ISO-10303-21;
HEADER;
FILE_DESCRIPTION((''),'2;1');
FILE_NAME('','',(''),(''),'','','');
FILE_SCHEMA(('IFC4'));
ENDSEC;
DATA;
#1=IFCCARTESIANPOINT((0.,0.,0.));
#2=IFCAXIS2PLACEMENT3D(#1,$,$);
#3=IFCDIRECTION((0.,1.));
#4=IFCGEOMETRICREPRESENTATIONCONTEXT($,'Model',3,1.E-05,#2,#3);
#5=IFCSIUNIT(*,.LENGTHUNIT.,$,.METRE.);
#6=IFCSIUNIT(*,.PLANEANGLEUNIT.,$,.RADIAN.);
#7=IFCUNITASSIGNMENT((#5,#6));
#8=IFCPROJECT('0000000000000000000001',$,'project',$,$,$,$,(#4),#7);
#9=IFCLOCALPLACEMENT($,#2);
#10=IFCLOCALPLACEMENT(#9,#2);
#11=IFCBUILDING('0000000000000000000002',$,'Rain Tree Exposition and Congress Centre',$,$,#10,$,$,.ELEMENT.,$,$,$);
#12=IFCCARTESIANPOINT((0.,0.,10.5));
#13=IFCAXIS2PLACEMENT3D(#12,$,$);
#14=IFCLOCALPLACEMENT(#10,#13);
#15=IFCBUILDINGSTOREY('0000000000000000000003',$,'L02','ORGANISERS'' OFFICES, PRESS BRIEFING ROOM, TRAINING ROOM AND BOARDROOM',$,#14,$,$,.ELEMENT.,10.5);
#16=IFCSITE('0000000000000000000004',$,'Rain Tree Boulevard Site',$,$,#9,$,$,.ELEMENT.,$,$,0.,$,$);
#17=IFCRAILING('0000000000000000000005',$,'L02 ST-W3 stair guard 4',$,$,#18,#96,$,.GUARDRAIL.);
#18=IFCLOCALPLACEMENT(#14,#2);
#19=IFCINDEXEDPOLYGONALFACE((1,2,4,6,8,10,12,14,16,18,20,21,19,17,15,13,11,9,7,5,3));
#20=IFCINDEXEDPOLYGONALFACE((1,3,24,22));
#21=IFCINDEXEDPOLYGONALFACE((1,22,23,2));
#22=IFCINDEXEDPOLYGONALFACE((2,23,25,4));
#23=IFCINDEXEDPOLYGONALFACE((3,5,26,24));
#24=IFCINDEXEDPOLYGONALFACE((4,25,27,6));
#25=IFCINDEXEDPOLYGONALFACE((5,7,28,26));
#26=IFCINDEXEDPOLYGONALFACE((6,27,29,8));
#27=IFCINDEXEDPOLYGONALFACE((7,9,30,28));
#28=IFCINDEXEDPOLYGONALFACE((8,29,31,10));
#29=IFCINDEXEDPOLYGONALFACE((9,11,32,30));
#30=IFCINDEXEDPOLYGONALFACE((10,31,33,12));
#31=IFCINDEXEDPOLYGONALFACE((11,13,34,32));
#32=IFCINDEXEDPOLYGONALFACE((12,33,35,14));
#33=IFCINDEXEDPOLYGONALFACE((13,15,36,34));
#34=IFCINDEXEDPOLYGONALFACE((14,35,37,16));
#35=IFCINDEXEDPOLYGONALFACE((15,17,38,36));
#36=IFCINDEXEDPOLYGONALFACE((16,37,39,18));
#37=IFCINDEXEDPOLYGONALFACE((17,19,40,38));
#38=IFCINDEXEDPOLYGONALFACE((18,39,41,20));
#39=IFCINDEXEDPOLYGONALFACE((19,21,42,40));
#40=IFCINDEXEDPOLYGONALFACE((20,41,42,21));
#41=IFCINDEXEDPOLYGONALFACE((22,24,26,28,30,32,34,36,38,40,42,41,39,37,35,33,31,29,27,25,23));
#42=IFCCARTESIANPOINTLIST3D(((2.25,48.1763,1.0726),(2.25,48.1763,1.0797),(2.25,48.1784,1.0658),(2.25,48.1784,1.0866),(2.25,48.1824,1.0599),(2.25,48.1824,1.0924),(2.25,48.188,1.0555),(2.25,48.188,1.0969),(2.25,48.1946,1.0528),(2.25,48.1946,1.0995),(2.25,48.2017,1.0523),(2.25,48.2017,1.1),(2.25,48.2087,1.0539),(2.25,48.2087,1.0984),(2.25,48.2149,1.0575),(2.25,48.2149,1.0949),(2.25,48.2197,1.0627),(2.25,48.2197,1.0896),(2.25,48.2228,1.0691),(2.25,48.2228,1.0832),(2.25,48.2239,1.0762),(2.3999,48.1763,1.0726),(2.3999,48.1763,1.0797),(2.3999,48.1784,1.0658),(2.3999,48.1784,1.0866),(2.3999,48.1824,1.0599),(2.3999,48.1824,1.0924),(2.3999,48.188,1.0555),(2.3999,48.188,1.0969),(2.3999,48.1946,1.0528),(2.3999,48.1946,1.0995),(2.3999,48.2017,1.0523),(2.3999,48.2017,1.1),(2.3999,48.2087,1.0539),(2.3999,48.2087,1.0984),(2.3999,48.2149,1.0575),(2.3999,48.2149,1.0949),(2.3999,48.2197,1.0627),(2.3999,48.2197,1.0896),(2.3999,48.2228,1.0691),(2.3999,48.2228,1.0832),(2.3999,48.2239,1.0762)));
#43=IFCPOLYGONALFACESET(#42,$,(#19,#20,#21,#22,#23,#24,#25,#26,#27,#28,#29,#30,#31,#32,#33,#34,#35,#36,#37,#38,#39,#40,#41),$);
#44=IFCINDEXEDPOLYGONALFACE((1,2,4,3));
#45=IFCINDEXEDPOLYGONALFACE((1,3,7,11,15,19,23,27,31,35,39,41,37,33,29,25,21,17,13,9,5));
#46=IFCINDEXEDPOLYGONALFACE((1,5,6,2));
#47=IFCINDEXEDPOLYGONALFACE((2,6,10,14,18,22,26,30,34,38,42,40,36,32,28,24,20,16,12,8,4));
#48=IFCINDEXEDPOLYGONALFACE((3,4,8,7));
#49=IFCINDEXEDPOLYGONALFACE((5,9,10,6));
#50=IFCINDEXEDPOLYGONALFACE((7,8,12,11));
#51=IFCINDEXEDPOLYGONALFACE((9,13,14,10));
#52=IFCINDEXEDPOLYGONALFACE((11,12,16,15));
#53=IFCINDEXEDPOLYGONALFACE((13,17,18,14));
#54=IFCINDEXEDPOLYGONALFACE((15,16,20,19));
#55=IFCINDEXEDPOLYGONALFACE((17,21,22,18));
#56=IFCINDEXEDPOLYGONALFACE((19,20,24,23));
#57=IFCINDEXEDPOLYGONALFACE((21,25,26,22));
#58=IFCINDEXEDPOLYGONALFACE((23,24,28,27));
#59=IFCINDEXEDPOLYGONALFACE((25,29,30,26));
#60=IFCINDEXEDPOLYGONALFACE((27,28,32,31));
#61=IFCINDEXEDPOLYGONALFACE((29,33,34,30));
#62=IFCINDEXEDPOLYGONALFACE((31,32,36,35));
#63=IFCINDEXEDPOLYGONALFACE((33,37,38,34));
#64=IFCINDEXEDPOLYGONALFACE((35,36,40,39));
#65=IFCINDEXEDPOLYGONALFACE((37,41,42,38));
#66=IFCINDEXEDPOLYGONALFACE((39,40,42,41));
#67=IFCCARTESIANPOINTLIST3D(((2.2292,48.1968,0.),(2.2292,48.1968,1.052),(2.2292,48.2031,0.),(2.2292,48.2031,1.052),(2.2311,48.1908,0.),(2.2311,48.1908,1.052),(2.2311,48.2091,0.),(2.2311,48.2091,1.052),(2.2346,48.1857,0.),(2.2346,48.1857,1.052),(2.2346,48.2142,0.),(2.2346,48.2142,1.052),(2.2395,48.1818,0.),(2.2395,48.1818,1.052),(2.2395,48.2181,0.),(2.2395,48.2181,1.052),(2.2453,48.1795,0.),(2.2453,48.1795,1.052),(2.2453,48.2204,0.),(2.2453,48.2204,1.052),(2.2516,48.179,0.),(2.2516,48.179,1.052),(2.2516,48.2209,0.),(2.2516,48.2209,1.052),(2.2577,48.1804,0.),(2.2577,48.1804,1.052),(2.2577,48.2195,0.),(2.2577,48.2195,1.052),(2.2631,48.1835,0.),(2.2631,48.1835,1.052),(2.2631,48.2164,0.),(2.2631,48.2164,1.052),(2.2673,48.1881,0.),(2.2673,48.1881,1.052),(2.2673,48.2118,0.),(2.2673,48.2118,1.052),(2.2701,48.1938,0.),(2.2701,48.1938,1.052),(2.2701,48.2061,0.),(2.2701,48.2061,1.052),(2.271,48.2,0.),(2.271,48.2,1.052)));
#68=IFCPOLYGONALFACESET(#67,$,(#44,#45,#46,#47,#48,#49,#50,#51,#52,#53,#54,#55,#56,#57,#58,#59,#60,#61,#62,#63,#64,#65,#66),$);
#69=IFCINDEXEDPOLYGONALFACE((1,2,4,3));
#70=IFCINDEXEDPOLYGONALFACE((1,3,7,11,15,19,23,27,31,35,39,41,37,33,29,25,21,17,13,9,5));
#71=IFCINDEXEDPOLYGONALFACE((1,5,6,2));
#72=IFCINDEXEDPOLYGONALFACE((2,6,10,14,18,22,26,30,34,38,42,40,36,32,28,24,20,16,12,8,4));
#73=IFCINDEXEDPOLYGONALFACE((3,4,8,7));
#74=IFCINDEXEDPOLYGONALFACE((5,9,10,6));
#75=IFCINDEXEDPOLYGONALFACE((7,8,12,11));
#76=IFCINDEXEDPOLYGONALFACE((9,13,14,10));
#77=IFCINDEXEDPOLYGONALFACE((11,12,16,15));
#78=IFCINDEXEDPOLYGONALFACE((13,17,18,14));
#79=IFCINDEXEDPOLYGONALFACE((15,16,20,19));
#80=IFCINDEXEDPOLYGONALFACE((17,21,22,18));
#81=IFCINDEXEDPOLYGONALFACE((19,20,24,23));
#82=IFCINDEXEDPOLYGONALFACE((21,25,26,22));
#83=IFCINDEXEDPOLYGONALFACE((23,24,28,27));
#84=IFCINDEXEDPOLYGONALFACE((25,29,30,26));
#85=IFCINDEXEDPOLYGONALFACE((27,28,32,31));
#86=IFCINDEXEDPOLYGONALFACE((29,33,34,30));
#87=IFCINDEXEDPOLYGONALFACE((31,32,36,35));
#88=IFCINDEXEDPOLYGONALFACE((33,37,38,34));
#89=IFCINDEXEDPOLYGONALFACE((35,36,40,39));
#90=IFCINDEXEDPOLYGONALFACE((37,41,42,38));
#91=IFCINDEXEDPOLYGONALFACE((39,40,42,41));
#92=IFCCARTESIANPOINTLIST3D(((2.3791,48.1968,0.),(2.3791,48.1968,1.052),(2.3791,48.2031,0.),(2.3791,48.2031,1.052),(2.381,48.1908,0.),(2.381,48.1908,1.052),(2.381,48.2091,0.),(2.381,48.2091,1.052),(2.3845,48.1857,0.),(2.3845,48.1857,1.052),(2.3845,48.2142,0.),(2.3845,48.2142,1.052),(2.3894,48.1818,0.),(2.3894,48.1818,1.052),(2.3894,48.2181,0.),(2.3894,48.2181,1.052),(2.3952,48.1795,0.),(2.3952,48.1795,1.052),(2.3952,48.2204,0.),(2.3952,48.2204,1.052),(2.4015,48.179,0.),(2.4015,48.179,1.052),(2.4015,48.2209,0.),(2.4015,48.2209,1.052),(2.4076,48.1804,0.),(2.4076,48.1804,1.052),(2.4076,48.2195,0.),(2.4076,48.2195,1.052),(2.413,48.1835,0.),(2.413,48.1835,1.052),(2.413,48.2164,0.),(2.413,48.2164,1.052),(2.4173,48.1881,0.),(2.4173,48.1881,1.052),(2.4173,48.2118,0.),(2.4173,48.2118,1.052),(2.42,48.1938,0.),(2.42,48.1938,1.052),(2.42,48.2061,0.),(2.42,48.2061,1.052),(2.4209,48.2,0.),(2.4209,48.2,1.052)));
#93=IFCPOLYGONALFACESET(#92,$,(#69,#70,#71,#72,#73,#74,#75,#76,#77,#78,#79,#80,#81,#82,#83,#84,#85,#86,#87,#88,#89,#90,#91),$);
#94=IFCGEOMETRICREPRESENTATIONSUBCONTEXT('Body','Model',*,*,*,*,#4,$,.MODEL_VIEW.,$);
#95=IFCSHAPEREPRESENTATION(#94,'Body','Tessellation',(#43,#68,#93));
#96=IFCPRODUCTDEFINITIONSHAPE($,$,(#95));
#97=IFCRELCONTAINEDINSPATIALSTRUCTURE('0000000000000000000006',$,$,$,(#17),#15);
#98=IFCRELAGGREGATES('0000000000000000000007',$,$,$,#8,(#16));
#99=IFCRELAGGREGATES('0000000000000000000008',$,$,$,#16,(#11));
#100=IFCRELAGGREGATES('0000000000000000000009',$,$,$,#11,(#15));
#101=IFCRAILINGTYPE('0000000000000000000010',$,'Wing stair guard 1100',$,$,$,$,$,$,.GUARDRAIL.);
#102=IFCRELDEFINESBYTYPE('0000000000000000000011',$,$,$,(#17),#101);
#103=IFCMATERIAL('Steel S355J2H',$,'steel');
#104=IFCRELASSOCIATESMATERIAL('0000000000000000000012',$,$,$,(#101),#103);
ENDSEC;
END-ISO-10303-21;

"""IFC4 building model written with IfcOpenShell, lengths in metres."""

from ifc_helpers import new_model, si_unit, direction, frame, origin, origin_2d, place, context, subcontext, project, spatial, circle, extrude, material, type_object, element, save


model = new_model("IFC4")

# Units and contexts
model_context = context("Model", 3, precision=1e-05, world=origin(), true_north=direction((0.0, 1.0)))
body_context = subcontext(model_context, "Body", "Model", "MODEL_VIEW")
ifc_project = project(units=[si_unit("LENGTHUNIT", "METRE"), si_unit("PLANEANGLEUNIT", "RADIAN")], contexts=[model_context])

# Site, building, storey
site_placement = place(None, origin())
site = spatial("IfcSite", under=ifc_project, at=site_placement, Name="Rain Tree Boulevard Site", CompositionType="ELEMENT", RefElevation=0.0)
building_placement = place(site_placement, origin())
building = spatial("IfcBuilding", under=site, at=building_placement, Name="Rain Tree Exposition and Congress Centre", CompositionType="ELEMENT")
storey_placement = place(building_placement, frame((0.0, 0.0, 10.5)))
storey = spatial("IfcBuildingStorey", under=building, at=storey_placement, Name="L02", Description="ORGANISERS' OFFICES, PRESS BRIEFING ROOM, TRAINING ROOM AND BOARDROOM", CompositionType="ELEMENT", Elevation=10.5)

# Railing
ifc_material_1 = material(Name="Steel S355J2H", Category="steel")
railing_type_1 = type_object("IfcRailingType", Name="Wing stair guard 1100", PredefinedType="GUARDRAIL", material=ifc_material_1)
railing_1_placement = place(storey_placement, frame((2.25, 48.2, 0.0)))
element("IfcRailing", 1, at=railing_1_placement, inside=storey, type_object=railing_type_1, Name="L02 ST-W3 stair guard 4", PredefinedType="GUARDRAIL", context=body_context, shape_type="SweptSolid", body=[
    extrude(circle(Radius=0.0239, at=origin_2d()), frame((0.0, 0.0, 1.0762), z_axis=(1.0, 0.0, 0.0), x_axis=(0.0, 1.0, 0.0)), (0.0, 0.0, 1.0), 0.1499),
    extrude(circle(Radius=0.021, at=origin_2d()), origin(), (0.0, 0.0, 1.0), 1.052),
    extrude(circle(Radius=0.021, at=origin_2d()), frame((0.1499, 0.0, 0.0)), (0.0, 0.0, 1.0), 1.052),
])

save(model, "model.ifc")
